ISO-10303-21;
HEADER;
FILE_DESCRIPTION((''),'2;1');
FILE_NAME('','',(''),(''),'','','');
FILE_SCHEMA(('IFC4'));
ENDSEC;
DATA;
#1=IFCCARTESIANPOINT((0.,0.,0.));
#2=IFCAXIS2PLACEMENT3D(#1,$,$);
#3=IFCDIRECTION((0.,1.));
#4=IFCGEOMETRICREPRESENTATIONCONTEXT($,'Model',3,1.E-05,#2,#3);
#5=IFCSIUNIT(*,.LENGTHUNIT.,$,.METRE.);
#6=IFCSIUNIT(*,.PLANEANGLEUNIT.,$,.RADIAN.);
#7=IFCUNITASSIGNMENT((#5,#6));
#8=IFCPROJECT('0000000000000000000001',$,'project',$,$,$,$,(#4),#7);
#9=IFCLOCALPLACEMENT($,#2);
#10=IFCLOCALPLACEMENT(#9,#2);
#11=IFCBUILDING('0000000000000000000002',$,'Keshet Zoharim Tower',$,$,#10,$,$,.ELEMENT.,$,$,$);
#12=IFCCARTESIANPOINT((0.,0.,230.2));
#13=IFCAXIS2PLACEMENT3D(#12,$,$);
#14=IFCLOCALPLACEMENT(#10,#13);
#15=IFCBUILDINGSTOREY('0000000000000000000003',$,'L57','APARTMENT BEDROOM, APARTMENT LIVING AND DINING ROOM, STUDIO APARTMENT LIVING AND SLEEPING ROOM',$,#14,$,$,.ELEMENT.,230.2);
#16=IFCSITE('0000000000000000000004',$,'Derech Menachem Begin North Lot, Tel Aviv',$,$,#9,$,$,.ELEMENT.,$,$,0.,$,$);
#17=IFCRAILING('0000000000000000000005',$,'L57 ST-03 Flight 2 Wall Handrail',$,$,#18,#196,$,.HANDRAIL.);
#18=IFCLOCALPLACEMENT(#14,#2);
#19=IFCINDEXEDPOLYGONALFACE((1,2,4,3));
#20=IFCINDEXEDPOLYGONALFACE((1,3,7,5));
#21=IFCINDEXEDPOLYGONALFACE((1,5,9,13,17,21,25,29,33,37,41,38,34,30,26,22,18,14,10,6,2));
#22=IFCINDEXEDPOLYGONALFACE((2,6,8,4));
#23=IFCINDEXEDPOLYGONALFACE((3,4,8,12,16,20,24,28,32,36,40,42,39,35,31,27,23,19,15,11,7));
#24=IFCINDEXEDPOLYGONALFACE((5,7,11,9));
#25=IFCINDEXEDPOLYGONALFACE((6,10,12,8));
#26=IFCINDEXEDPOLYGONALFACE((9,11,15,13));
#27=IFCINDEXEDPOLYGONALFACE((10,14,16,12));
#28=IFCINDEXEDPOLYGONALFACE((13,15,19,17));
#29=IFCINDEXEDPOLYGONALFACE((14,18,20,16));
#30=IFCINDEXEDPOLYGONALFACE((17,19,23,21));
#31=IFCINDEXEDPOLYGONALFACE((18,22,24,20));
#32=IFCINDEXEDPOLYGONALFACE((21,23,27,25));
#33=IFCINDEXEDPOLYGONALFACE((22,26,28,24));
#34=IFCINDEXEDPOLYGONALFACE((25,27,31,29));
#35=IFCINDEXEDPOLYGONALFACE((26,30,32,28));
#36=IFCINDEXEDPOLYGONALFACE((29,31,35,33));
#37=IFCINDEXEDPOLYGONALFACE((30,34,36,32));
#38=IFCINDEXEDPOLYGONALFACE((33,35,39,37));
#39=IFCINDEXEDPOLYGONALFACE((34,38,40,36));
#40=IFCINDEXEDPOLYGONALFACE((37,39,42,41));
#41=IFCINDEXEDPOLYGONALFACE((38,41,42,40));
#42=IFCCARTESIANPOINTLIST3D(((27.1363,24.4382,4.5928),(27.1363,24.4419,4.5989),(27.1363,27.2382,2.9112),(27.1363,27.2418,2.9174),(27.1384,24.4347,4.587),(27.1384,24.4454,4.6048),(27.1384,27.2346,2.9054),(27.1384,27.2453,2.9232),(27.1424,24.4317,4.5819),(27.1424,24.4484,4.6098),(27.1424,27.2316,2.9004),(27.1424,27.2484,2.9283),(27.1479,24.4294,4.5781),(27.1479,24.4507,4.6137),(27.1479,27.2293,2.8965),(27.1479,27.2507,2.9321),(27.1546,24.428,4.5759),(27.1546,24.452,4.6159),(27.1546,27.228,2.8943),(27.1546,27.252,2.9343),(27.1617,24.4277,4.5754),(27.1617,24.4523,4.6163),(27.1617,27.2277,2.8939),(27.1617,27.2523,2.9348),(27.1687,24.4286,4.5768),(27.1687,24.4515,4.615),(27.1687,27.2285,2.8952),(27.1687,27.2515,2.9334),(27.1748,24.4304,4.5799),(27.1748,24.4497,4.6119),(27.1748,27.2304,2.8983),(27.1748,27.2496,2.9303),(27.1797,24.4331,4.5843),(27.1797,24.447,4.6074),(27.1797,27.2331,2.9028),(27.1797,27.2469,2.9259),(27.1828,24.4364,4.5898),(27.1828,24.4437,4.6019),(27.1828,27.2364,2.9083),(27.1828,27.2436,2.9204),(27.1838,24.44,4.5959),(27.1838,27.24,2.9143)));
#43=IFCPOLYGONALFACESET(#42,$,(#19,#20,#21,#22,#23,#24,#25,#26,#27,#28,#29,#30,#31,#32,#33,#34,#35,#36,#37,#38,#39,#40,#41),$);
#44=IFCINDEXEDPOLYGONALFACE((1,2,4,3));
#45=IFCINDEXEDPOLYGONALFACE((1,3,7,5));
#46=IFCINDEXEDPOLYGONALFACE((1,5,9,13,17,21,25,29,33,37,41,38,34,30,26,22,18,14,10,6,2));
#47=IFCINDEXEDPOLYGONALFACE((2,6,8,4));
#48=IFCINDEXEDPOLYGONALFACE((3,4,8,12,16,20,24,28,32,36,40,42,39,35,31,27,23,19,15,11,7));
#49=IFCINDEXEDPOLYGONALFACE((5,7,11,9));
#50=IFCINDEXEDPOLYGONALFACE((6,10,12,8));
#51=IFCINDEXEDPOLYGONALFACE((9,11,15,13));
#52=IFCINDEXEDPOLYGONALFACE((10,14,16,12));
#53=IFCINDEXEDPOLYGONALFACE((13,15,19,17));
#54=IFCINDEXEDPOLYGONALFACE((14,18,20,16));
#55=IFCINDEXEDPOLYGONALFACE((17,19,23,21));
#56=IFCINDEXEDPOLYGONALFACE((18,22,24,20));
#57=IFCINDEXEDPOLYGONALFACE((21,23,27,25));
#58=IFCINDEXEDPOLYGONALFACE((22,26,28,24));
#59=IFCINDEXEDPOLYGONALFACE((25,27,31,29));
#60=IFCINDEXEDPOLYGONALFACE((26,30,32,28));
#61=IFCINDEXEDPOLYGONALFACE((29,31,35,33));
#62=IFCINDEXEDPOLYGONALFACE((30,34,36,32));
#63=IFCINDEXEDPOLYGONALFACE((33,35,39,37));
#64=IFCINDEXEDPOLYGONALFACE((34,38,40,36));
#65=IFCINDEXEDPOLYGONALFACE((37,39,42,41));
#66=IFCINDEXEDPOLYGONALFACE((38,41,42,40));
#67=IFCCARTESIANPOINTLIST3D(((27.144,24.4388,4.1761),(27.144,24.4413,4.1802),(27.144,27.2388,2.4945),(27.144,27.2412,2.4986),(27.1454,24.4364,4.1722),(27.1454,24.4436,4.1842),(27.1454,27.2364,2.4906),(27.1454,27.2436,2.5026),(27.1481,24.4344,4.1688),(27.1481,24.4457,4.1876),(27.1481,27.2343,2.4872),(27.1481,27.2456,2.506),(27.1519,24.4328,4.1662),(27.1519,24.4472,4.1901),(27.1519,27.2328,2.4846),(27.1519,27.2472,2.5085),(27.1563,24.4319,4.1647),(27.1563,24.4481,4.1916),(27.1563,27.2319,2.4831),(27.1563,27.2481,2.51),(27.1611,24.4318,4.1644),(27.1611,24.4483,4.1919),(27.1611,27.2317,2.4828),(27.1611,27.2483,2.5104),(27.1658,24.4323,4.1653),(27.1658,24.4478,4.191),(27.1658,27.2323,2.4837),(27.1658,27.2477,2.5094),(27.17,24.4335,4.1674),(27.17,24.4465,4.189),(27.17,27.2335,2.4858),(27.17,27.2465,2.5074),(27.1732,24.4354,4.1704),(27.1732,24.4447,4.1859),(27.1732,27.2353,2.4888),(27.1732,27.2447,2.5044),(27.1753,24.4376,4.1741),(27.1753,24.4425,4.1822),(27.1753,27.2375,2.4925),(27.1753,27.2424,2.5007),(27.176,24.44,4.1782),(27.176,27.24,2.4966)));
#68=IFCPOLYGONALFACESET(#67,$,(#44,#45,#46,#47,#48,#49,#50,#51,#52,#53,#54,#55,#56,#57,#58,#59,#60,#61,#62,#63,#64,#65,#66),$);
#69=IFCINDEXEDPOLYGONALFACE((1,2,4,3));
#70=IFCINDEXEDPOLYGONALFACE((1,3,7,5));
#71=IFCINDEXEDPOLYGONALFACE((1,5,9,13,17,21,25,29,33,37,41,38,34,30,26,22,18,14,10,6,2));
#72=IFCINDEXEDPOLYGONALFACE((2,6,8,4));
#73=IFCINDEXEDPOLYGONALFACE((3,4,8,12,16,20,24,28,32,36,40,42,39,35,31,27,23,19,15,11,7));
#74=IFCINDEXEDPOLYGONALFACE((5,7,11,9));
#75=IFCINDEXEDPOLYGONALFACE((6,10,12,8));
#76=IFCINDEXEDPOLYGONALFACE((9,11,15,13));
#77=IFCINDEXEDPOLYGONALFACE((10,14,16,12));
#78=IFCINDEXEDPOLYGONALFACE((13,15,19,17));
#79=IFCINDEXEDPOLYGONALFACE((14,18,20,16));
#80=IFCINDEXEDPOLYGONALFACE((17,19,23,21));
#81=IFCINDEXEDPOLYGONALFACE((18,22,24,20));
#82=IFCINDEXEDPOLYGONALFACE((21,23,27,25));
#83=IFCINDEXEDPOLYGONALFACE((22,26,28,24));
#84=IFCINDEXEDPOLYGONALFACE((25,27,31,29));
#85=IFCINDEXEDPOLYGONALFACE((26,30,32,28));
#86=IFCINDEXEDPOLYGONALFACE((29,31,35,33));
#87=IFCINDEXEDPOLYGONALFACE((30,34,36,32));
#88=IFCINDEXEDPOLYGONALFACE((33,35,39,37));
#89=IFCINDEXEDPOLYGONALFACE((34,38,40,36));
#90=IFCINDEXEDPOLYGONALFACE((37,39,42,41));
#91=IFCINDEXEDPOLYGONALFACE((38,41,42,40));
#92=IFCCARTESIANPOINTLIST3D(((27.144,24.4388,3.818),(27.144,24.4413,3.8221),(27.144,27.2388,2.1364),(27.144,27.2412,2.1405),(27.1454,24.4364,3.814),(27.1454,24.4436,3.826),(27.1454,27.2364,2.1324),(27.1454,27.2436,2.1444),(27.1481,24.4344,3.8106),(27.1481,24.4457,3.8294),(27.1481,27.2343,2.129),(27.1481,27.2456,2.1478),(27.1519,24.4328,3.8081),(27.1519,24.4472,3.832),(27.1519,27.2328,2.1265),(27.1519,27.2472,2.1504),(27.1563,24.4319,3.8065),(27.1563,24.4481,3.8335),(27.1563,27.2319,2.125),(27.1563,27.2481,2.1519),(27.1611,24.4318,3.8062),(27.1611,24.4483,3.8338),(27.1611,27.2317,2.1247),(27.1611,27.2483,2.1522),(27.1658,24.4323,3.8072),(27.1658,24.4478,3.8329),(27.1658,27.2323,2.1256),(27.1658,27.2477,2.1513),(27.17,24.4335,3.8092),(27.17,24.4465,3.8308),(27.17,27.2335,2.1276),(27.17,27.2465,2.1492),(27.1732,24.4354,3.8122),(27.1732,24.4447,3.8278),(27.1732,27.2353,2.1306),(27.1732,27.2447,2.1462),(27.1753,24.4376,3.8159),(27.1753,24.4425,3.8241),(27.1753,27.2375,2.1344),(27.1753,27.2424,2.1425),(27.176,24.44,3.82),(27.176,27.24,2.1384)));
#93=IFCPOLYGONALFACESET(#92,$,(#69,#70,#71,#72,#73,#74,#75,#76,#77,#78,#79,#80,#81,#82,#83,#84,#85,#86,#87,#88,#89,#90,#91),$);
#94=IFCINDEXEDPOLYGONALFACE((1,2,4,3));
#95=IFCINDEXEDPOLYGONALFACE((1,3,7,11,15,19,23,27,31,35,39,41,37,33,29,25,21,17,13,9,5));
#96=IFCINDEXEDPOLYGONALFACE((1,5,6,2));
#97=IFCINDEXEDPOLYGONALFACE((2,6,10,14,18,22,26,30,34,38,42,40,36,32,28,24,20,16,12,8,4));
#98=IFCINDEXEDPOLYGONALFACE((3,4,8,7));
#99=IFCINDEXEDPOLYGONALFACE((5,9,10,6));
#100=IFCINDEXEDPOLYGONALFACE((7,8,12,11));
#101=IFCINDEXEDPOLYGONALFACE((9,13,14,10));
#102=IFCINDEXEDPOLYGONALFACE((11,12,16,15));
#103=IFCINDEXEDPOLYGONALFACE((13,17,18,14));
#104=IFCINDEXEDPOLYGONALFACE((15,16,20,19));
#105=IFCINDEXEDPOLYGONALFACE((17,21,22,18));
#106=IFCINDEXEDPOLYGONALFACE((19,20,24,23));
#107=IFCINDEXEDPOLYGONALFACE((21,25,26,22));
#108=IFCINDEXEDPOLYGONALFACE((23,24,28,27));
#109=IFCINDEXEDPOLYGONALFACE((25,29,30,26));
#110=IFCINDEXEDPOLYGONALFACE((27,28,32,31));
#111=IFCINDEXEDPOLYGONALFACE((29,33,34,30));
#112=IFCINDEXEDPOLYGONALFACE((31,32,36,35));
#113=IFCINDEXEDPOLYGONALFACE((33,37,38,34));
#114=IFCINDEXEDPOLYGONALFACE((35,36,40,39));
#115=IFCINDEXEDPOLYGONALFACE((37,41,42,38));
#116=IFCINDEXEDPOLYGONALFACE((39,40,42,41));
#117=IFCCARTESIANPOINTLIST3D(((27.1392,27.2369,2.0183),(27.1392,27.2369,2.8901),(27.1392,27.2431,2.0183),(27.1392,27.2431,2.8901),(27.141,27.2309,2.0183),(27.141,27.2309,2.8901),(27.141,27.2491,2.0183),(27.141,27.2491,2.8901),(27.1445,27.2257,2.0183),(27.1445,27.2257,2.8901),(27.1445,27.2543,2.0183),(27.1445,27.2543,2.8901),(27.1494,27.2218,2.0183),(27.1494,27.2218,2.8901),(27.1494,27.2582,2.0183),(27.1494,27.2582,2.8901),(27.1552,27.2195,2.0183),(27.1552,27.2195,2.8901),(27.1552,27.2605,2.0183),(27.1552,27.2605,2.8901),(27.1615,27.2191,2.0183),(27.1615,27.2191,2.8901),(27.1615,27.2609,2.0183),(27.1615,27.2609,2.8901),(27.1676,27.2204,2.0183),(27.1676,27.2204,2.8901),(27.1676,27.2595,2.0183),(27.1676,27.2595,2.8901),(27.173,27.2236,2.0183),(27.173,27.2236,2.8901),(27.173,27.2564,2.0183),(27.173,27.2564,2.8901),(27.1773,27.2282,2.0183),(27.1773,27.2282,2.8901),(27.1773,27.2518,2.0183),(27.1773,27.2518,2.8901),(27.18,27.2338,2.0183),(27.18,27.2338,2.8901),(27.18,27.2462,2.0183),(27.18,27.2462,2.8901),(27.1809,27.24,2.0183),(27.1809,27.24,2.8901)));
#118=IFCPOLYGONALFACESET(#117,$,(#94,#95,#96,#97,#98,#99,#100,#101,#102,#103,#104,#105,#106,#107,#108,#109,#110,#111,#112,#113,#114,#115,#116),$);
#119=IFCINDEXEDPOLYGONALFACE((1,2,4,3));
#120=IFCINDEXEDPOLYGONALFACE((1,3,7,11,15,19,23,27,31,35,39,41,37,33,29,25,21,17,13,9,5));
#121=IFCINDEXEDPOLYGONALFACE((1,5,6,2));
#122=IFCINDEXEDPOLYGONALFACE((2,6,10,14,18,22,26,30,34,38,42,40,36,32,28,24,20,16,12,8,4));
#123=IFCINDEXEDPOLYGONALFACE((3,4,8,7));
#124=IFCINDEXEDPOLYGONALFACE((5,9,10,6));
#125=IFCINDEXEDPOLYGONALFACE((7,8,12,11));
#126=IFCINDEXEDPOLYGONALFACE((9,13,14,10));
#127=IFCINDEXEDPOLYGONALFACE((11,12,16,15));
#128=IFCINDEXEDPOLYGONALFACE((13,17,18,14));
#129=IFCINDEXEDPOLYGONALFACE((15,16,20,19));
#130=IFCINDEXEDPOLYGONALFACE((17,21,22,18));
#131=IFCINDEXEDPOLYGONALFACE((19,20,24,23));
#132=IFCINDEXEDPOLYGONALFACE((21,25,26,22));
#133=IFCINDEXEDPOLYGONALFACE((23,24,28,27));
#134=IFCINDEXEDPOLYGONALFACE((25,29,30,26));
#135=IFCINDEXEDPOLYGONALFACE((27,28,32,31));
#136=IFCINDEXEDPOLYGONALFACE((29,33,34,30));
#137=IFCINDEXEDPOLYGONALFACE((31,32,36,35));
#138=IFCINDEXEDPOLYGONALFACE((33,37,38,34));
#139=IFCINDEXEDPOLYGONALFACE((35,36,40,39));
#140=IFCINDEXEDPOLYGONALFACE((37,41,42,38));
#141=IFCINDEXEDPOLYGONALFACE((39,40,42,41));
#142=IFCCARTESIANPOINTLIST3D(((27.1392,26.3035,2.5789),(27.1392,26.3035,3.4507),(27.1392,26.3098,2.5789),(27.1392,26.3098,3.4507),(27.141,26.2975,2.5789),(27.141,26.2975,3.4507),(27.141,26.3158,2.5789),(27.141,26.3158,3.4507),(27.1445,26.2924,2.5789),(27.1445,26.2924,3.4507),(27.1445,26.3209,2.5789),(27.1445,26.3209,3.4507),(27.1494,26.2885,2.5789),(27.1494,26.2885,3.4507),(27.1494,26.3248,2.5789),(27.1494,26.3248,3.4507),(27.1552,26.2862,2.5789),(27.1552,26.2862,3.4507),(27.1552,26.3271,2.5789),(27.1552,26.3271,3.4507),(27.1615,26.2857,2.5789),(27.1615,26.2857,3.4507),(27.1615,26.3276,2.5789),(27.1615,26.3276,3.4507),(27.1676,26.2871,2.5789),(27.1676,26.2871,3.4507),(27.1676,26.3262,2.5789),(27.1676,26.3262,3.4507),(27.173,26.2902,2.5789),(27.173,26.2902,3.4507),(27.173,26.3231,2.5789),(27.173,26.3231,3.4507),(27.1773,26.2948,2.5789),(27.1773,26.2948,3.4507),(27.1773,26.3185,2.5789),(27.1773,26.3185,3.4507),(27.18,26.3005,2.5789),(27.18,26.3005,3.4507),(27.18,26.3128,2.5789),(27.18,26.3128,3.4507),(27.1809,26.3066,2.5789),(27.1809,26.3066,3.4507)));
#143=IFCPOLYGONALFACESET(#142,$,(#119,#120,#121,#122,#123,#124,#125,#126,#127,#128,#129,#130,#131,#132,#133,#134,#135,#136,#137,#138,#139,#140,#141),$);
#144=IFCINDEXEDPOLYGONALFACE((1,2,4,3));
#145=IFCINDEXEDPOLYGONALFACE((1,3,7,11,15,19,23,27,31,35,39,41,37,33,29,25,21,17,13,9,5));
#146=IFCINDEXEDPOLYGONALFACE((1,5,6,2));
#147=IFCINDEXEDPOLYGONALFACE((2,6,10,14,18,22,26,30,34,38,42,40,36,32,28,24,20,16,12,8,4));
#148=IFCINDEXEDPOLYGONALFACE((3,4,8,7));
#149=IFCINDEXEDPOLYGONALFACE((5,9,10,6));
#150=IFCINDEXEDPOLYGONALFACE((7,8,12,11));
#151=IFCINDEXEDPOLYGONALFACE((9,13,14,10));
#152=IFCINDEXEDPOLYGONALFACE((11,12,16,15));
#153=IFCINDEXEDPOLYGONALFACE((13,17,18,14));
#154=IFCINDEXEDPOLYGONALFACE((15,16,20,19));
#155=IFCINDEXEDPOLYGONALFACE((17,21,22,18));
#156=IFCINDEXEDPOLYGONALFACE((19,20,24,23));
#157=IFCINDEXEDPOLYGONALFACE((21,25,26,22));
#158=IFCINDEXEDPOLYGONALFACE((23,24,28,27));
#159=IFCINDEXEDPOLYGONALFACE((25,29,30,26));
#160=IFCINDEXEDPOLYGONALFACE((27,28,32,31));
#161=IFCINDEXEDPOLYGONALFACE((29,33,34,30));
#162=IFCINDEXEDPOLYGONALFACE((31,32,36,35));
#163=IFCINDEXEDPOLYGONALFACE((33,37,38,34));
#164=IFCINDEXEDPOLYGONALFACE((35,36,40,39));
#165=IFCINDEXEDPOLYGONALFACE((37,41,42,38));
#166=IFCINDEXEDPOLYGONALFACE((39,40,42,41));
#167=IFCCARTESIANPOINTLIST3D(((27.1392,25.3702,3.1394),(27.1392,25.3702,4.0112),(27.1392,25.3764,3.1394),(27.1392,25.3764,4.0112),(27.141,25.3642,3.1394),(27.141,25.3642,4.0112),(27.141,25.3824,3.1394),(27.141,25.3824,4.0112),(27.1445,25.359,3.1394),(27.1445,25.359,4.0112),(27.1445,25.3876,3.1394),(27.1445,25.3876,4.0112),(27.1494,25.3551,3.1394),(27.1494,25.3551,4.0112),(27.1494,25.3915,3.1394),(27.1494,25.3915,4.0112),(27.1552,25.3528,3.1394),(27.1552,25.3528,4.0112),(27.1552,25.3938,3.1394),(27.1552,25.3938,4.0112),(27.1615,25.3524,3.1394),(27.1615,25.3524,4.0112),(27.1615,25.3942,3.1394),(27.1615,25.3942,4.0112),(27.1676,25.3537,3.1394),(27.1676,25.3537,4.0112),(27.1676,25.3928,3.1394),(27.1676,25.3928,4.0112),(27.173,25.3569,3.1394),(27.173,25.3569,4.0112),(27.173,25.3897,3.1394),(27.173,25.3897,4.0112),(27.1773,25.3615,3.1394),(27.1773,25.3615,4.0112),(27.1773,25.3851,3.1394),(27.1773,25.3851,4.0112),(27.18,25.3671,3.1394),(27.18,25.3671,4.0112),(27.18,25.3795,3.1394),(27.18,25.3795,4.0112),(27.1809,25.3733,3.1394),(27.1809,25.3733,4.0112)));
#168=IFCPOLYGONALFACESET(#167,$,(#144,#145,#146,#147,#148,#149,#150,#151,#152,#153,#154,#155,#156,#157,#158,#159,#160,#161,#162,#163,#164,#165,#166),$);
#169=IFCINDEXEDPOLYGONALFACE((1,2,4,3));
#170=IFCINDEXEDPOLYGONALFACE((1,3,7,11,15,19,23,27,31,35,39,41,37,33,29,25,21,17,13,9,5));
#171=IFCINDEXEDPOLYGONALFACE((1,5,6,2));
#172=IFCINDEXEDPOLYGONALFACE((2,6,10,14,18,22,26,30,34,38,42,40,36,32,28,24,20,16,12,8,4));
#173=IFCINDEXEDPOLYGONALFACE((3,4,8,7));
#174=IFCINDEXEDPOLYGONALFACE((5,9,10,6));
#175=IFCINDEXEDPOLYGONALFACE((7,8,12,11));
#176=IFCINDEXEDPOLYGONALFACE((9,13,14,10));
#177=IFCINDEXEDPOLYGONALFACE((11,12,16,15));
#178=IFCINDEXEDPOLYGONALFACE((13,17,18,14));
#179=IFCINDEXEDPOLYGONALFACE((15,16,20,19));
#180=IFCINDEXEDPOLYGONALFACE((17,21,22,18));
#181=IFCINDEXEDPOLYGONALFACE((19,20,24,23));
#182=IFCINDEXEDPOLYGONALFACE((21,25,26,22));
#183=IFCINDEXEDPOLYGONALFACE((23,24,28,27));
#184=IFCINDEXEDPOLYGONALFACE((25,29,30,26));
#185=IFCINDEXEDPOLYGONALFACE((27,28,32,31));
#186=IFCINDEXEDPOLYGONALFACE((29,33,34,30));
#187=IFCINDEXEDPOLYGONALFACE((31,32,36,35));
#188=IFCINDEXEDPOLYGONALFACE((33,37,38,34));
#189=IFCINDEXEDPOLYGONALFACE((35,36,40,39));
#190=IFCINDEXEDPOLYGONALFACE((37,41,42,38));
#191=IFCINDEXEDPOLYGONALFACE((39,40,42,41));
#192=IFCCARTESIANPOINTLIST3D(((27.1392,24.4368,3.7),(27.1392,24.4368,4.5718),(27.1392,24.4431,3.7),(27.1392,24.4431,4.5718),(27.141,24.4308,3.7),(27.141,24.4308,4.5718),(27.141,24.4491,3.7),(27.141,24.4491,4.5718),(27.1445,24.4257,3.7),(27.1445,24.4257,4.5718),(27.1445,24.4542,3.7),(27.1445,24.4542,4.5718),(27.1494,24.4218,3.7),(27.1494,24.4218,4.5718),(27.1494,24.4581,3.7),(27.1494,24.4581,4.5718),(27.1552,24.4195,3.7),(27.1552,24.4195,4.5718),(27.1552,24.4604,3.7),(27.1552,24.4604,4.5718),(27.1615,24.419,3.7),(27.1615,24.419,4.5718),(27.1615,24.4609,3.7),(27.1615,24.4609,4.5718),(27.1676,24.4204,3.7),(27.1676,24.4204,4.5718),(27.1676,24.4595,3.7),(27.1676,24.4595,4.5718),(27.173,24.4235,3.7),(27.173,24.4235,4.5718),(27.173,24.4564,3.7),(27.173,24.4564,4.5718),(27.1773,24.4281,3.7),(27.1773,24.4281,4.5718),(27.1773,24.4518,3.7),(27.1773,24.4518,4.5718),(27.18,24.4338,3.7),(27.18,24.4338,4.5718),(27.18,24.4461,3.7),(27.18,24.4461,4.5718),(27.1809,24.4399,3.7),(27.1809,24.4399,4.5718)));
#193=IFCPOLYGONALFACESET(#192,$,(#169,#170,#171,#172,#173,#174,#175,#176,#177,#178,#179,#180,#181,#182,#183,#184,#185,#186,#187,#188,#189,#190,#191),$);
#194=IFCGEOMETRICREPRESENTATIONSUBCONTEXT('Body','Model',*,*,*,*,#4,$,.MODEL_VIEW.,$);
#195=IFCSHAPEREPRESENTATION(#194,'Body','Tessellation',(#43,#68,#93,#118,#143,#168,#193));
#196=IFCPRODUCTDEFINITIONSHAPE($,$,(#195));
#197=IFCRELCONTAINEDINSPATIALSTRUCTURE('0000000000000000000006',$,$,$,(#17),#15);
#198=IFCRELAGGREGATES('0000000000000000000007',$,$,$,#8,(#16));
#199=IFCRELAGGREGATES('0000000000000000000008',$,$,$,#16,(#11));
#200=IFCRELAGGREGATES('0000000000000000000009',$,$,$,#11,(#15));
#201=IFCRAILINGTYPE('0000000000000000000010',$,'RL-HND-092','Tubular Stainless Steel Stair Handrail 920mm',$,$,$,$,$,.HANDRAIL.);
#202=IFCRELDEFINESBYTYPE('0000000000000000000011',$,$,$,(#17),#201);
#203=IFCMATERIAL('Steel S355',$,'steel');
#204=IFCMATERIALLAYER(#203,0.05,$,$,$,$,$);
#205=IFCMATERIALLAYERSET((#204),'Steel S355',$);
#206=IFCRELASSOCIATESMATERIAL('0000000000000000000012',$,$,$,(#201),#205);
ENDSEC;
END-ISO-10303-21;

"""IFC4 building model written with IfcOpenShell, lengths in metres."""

from ifc_helpers import new_model, si_unit, direction, frame, origin, origin_2d, place, context, subcontext, project, spatial, circle, extrude, material, layer, layer_set, type_object, element, save


model = new_model("IFC4")

# Units and contexts
model_context = context("Model", 3, precision=1e-05, world=origin(), true_north=direction((0.0, 1.0)))
body_context = subcontext(model_context, "Body", "Model", "MODEL_VIEW")
ifc_project = project(units=[si_unit("LENGTHUNIT", "METRE"), si_unit("PLANEANGLEUNIT", "RADIAN")], contexts=[model_context])

# Site, building, storey
site_placement = place(None, origin())
site = spatial("IfcSite", under=ifc_project, at=site_placement, Name="Derech Menachem Begin North Lot, Tel Aviv", CompositionType="ELEMENT", RefElevation=0.0)
building_placement = place(site_placement, origin())
building = spatial("IfcBuilding", under=site, at=building_placement, Name="Keshet Zoharim Tower", CompositionType="ELEMENT")
storey_placement = place(building_placement, frame((0.0, 0.0, 230.2)))
storey = spatial("IfcBuildingStorey", under=building, at=storey_placement, Name="L57", Description="APARTMENT BEDROOM, APARTMENT LIVING AND DINING ROOM, STUDIO APARTMENT LIVING AND SLEEPING ROOM", CompositionType="ELEMENT", Elevation=230.2)

# Railing
ifc_material_1 = material(Name="Steel S355", Category="steel")
ifc_layer_1 = layer(ifc_material_1, 0.05)
ifc_layer_set_1 = layer_set([ifc_layer_1], Name="Steel S355")
railing_type = type_object("IfcRailingType", Name="RL-HND-092", Description="Tubular Stainless Steel Stair Handrail 920mm", PredefinedType="HANDRAIL", material=ifc_layer_set_1)
railing_placement = place(storey_placement, frame((27.1599, 27.24, 2.0183)))
element("IfcRailing", 1, at=railing_placement, inside=storey, type_object=railing_type, Name="L57 ST-03 Flight 2 Wall Handrail", PredefinedType="HANDRAIL", context=body_context, shape_type="SweptSolid", body=[
    extrude(circle(Radius=0.0239, at=origin_2d()), frame((0.0, 0.0, 0.896), z_axis=(0.0, -0.857275, 0.514858), x_axis=(1.0, 0.0, 0.0)), (0.0, 0.0, 1.0), 3.2661),
    extrude(circle(Radius=0.0161, at=origin_2d()), frame((0.0, 0.0, 0.4783), z_axis=(0.0, -0.857275, 0.514858), x_axis=(1.0, 0.0, 0.0)), (0.0, 0.0, 1.0), 3.2661),
    extrude(circle(Radius=0.0161, at=origin_2d()), frame((0.0, 0.0, 0.1201), z_axis=(0.0, -0.857275, 0.514858), x_axis=(1.0, 0.0, 0.0)), (0.0, 0.0, 1.0), 3.2661),
    extrude(circle(Radius=0.021, at=origin_2d()), origin(), (0.0, 0.0, 1.0), 0.8718),
    extrude(circle(Radius=0.021, at=origin_2d()), frame((0.0, -0.9333, 0.5605)), (0.0, 0.0, 1.0), 0.8718),
    extrude(circle(Radius=0.021, at=origin_2d()), frame((0.0, -1.8667, 1.1211)), (0.0, 0.0, 1.0), 0.8718),
    extrude(circle(Radius=0.021, at=origin_2d()), frame((0.0, -2.8, 1.6816)), (0.0, 0.0, 1.0), 0.8718),
])

save(model, "model.ifc")
